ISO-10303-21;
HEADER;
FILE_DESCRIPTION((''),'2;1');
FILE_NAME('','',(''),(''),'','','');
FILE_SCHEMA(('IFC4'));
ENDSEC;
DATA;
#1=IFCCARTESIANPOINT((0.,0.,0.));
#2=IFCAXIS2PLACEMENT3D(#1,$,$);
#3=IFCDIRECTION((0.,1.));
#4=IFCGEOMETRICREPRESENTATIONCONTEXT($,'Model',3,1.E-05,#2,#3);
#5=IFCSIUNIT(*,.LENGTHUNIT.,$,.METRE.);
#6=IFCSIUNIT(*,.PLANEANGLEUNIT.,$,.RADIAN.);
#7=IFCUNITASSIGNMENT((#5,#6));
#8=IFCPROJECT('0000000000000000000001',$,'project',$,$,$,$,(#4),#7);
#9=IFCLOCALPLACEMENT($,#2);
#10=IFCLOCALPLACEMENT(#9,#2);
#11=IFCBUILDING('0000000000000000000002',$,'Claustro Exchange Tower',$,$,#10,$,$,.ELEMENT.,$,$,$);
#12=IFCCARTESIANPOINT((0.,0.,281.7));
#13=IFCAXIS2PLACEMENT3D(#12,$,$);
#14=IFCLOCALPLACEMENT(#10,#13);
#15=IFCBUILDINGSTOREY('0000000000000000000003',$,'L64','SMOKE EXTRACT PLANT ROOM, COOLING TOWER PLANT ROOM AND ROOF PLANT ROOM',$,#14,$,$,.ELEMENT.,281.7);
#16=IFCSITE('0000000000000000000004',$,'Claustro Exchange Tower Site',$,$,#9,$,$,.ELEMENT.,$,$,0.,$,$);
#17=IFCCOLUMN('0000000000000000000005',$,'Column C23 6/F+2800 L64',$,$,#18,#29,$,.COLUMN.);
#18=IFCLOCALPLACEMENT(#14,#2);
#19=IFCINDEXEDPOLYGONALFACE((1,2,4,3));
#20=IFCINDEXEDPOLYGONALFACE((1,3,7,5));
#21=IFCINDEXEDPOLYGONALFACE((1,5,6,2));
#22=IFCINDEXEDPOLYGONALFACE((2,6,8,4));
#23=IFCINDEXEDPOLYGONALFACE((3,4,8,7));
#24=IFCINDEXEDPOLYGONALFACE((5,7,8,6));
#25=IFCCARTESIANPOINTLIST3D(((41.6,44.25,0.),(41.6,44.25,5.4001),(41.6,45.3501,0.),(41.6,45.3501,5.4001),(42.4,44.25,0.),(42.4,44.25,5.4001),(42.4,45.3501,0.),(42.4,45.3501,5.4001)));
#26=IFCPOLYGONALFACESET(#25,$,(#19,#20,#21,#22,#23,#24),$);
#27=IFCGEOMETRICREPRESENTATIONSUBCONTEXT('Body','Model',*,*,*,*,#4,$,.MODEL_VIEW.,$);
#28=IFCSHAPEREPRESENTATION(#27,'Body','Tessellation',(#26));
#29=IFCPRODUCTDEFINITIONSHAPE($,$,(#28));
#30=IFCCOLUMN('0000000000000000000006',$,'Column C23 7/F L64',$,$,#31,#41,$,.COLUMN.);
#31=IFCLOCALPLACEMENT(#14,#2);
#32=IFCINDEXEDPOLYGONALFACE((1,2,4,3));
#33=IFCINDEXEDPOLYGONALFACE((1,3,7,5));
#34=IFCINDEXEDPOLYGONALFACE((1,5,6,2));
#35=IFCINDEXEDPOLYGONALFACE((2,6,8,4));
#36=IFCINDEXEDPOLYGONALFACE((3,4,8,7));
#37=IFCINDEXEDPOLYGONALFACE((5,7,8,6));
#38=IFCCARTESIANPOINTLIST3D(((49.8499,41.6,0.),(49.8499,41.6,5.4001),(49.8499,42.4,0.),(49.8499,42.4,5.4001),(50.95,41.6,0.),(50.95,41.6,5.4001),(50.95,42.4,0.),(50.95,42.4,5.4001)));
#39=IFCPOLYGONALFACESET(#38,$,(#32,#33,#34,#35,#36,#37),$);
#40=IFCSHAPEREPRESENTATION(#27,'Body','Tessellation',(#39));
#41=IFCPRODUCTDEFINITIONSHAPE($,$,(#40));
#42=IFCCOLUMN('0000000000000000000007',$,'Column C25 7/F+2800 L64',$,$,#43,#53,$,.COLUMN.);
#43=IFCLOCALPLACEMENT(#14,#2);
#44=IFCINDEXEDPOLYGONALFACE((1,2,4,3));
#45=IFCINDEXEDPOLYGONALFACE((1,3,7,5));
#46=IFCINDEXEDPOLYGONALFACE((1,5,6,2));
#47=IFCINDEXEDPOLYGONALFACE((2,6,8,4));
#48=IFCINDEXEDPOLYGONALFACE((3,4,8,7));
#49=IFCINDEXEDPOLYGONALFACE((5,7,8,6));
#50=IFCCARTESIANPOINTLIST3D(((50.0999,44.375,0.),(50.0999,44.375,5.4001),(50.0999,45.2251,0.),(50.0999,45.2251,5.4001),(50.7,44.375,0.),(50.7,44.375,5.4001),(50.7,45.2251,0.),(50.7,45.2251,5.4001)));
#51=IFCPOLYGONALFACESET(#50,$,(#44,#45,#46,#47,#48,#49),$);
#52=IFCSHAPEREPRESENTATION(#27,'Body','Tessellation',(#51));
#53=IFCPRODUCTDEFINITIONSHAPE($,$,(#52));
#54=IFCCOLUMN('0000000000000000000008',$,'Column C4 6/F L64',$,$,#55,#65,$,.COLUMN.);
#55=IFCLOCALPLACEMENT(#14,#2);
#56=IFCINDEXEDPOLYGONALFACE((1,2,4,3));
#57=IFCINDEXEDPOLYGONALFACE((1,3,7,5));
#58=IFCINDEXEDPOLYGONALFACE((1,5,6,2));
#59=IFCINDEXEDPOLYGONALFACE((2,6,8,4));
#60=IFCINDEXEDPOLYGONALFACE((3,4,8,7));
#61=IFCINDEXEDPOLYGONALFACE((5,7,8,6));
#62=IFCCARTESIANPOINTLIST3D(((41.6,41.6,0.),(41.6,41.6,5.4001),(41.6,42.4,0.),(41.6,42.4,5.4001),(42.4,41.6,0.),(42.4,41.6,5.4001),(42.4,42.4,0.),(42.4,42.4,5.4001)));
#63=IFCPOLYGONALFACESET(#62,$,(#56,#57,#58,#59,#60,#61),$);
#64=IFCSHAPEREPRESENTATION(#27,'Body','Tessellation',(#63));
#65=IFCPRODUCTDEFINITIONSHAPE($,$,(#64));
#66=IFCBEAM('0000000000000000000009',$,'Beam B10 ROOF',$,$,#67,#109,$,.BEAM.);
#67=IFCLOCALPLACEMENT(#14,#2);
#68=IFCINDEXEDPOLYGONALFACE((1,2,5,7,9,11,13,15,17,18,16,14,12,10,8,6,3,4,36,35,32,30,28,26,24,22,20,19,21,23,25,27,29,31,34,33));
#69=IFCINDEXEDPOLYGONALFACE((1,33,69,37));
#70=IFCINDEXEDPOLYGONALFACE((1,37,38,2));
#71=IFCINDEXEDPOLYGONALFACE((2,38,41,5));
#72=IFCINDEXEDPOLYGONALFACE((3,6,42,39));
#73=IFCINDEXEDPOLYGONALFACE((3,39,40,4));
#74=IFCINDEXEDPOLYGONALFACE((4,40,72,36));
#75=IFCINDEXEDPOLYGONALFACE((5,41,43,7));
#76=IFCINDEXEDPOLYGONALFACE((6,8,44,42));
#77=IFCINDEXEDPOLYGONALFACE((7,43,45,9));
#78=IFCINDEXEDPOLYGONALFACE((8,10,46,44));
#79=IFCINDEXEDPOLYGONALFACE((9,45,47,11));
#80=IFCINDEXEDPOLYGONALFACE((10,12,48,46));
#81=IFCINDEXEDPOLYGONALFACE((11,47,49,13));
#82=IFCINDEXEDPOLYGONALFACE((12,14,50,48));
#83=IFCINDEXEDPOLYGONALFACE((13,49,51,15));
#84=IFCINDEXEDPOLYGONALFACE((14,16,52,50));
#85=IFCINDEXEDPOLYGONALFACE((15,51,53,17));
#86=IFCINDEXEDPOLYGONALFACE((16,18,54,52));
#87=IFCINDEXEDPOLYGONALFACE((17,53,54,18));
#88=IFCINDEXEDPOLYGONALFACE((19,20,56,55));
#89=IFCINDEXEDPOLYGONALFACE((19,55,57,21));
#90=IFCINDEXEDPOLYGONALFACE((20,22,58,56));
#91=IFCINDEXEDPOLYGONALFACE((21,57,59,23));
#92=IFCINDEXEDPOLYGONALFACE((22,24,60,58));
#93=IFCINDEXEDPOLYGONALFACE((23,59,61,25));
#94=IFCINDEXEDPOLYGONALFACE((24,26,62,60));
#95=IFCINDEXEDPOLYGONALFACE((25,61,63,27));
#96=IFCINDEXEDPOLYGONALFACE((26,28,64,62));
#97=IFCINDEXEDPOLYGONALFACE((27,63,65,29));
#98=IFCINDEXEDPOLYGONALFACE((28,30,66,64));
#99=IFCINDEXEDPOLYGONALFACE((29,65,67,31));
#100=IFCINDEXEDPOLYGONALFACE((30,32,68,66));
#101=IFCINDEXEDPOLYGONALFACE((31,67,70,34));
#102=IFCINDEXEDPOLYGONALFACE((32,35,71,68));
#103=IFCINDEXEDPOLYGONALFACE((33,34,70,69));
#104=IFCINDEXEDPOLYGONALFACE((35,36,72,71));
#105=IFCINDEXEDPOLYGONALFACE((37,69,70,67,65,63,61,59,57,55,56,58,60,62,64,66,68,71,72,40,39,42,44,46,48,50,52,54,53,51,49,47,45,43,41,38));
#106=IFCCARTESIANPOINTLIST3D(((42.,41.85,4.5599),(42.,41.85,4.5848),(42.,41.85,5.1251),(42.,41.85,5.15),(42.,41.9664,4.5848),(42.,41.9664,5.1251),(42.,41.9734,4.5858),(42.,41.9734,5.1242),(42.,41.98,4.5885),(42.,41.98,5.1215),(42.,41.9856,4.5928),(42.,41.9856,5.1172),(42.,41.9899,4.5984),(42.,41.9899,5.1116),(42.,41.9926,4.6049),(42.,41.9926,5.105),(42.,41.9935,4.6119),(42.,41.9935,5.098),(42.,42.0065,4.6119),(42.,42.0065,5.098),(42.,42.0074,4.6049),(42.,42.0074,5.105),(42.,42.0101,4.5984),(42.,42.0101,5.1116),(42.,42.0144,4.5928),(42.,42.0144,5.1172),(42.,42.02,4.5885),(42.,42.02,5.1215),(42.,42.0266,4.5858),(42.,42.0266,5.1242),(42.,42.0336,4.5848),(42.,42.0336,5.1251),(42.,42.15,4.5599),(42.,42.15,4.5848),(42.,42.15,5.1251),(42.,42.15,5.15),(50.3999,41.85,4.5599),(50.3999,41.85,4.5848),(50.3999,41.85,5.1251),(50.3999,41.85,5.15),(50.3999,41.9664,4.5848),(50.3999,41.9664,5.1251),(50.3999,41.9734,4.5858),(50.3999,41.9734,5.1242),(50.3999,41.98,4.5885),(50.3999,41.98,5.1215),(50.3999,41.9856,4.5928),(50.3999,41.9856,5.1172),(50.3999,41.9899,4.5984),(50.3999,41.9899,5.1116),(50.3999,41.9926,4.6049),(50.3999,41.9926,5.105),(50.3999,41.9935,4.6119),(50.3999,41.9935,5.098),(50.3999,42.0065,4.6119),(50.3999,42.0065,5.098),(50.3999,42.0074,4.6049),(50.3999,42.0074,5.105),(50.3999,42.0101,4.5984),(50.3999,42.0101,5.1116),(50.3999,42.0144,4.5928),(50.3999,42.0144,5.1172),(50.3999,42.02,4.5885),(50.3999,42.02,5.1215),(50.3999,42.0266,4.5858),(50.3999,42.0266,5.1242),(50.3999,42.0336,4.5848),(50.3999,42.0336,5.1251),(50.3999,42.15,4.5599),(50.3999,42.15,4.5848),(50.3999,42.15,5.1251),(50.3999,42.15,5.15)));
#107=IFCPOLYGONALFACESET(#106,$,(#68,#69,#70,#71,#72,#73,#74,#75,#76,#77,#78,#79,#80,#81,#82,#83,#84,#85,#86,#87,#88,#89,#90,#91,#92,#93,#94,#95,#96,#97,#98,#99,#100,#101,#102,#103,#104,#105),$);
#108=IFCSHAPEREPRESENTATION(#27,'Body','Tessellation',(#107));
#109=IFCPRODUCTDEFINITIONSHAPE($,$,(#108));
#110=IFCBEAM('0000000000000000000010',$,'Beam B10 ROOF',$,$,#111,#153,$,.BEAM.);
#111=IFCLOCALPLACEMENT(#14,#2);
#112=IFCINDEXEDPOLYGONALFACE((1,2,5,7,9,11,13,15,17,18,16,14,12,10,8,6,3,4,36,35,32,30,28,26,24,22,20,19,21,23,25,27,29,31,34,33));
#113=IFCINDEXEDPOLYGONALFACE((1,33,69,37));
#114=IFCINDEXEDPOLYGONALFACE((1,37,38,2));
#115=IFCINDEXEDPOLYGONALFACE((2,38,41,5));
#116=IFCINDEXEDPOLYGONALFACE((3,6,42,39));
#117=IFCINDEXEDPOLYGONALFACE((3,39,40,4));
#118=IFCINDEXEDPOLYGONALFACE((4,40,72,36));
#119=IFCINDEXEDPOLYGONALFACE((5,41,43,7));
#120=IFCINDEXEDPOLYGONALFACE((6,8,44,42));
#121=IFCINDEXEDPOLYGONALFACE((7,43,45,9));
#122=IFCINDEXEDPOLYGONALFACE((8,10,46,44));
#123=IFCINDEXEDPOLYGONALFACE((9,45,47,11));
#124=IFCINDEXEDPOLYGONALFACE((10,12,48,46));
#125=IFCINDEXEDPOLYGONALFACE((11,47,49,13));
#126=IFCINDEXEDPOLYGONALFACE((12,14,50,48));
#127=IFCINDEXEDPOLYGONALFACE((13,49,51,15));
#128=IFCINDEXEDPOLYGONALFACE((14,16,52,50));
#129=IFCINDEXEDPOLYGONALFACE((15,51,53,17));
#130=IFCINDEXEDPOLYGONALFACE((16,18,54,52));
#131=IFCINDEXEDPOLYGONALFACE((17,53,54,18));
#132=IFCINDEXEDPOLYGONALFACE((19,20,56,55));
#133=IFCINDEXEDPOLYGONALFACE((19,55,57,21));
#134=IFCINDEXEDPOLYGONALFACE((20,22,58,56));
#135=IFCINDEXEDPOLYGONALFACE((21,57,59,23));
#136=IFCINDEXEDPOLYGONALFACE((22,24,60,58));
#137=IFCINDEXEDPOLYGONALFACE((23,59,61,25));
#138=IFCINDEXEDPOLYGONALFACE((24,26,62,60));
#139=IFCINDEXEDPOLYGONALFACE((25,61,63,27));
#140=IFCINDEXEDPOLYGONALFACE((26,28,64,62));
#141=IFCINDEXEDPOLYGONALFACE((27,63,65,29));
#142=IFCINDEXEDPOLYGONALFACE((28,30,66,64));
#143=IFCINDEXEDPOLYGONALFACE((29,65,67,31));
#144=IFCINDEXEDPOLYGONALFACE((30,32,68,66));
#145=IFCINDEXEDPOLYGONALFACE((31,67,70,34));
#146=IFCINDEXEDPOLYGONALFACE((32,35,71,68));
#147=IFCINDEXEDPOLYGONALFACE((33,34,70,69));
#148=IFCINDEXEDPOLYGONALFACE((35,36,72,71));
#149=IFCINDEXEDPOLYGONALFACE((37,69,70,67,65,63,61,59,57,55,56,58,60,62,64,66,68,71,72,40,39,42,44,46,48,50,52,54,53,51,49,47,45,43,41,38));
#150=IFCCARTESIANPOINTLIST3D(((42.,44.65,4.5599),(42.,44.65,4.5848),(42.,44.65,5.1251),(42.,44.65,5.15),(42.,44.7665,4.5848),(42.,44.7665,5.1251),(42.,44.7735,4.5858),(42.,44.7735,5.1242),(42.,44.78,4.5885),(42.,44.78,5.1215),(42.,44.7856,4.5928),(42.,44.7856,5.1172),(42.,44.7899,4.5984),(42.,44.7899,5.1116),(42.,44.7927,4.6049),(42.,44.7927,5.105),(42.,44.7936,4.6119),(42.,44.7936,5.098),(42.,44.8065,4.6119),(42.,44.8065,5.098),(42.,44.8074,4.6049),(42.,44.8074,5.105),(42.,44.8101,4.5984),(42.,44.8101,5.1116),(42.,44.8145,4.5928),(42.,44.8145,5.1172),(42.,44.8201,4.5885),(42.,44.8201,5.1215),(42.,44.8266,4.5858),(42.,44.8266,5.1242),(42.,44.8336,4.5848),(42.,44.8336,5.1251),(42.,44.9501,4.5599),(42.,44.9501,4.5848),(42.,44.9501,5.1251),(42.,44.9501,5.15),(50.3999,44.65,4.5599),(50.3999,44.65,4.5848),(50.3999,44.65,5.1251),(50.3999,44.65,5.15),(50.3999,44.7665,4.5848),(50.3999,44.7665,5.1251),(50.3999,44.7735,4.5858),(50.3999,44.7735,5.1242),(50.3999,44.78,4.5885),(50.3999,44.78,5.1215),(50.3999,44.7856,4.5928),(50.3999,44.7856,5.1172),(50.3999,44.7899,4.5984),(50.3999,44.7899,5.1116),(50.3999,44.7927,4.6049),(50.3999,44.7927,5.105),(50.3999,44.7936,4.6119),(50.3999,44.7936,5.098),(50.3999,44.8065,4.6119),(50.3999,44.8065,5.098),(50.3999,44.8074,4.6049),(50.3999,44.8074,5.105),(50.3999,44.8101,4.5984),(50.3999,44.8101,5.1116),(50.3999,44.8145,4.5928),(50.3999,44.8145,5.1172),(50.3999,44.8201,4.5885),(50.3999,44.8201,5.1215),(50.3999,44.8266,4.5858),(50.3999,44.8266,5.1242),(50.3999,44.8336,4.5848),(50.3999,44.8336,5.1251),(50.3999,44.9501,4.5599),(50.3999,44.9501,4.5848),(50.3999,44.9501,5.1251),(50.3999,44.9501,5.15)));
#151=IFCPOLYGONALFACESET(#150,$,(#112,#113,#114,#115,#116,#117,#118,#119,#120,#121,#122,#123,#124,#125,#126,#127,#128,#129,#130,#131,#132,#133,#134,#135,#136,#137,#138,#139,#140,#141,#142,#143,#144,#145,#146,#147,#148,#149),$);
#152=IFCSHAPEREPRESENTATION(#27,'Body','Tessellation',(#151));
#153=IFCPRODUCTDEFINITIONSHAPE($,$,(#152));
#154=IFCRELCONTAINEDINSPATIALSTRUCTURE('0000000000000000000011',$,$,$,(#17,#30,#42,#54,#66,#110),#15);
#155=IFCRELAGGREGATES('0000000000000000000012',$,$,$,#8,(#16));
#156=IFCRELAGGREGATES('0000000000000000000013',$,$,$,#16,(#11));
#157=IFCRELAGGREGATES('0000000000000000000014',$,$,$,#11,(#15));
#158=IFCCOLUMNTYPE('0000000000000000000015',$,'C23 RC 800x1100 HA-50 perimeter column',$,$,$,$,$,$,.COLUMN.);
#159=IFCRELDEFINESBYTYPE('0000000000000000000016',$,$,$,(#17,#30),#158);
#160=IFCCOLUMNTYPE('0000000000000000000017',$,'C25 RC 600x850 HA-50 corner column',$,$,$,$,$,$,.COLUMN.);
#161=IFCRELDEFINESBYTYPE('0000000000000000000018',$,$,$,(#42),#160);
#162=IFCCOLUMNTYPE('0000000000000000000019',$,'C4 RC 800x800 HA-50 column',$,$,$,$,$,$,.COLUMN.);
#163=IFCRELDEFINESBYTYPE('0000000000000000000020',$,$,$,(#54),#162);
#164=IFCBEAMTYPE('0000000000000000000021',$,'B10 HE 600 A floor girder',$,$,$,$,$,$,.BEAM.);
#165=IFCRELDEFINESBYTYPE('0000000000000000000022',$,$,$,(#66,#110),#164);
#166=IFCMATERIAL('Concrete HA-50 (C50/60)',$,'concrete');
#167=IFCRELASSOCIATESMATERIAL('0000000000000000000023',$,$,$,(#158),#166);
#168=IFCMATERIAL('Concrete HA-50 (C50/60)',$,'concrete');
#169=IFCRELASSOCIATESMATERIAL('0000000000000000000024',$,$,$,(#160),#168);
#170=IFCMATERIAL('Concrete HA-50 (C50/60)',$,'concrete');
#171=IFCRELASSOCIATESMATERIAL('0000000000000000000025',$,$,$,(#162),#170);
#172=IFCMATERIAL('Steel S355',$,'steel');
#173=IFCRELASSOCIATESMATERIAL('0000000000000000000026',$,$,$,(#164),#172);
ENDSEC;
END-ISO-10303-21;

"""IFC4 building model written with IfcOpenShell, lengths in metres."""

from ifc_helpers import new_model, si_unit, direction, frame, origin, origin_2d, place, context, subcontext, project, spatial, rectangle, i_section, extrude, material, material_profile, profile_set, type_object, element, save


model = new_model("IFC4")

# Units and contexts
model_context = context("Model", 3, precision=1e-05, world=origin(), true_north=direction((0.0, 1.0)))
body_context = subcontext(model_context, "Body", "Model", "MODEL_VIEW")
ifc_project = project(units=[si_unit("LENGTHUNIT", "METRE"), si_unit("PLANEANGLEUNIT", "RADIAN")], contexts=[model_context])

# Site, building, storey
site_placement = place(None, origin())
site = spatial("IfcSite", under=ifc_project, at=site_placement, Name="Claustro Exchange Tower Site", CompositionType="ELEMENT", RefElevation=0.0)
building_placement = place(site_placement, origin())
building = spatial("IfcBuilding", under=site, at=building_placement, Name="Claustro Exchange Tower", CompositionType="ELEMENT")
storey_placement = place(building_placement, frame((0.0, 0.0, 281.7)))
storey = spatial("IfcBuildingStorey", under=building, at=storey_placement, Name="L64", Description="SMOKE EXTRACT PLANT ROOM, COOLING TOWER PLANT ROOM AND ROOF PLANT ROOM", CompositionType="ELEMENT", Elevation=281.7)

# Columns
ifc_material_1 = material(Name="Concrete HA-50 (C50/60)", Category="concrete")
ifc_material_profile_1 = material_profile(ifc_material_1, rectangle(XDim=0.8, YDim=1.1001, at=origin_2d()), Name="RC 800x1100")
ifc_profile_set_1 = profile_set([ifc_material_profile_1], Name="Concrete HA-50 (C50/60)")
column_type_1 = type_object("IfcColumnType", Name="C23 RC 800x1100 HA-50 perimeter column", PredefinedType="COLUMN", material=ifc_profile_set_1)
for number, where, z_axis, x_axis, name in (
    (1, (42.0, 44.8, 0.0), (0.0, 0.0, 1.0), (1.0, 0.0, 0.0), "Column C23 6/F+2800 L64"),
    (2, (50.3999, 42.0, 0.0), (0.0, 0.0, 1.0), (0.0, 1.0, 0.0), "Column C23 7/F L64"),
):
    element("IfcColumn", number, at=place(storey_placement, frame(where, z_axis=z_axis, x_axis=x_axis)), inside=storey, type_object=column_type_1, Name=name, PredefinedType="COLUMN", context=body_context, shape_type="SweptSolid", body=[
        extrude(rectangle(XDim=0.8, YDim=1.1001, at=origin_2d()), origin(), (0.0, 0.0, 1.0), 5.4001),
    ])
ifc_material_2 = material(Name="Concrete HA-50 (C50/60)", Category="concrete")
ifc_material_profile_2 = material_profile(ifc_material_2, rectangle(XDim=0.6001, YDim=0.8501, at=origin_2d()), Name="RC 600x850")
ifc_profile_set_2 = profile_set([ifc_material_profile_2], Name="Concrete HA-50 (C50/60)")
column_type_2 = type_object("IfcColumnType", Name="C25 RC 600x850 HA-50 corner column", PredefinedType="COLUMN", material=ifc_profile_set_2)
column_1_placement = place(storey_placement, frame((50.3999, 44.8, 0.0), z_axis=(0.0, 0.0, 1.0), x_axis=(1.0, 0.0, 0.0)))
element("IfcColumn", 3, at=column_1_placement, inside=storey, type_object=column_type_2, Name="Column C25 7/F+2800 L64", PredefinedType="COLUMN", context=body_context, shape_type="SweptSolid", body=[
    extrude(rectangle(XDim=0.6001, YDim=0.8501, at=origin_2d()), origin(), (0.0, 0.0, 1.0), 5.4001),
])
ifc_material_3 = material(Name="Concrete HA-50 (C50/60)", Category="concrete")
ifc_material_profile_3 = material_profile(ifc_material_3, rectangle(XDim=0.8, YDim=0.8, at=origin_2d()), Name="RC 800x800")
ifc_profile_set_3 = profile_set([ifc_material_profile_3], Name="Concrete HA-50 (C50/60)")
column_type_3 = type_object("IfcColumnType", Name="C4 RC 800x800 HA-50 column", PredefinedType="COLUMN", material=ifc_profile_set_3)
column_2_placement = place(storey_placement, frame((42.0, 42.0, 0.0), z_axis=(0.0, 0.0, 1.0), x_axis=(1.0, 0.0, 0.0)))
element("IfcColumn", 4, at=column_2_placement, inside=storey, type_object=column_type_3, Name="Column C4 6/F L64", PredefinedType="COLUMN", context=body_context, shape_type="SweptSolid", body=[
    extrude(rectangle(XDim=0.8, YDim=0.8, at=origin_2d()), origin(), (0.0, 0.0, 1.0), 5.4001),
])

# Beams
ifc_material_4 = material(Name="Steel S355", Category="steel")
ifc_material_profile_4 = material_profile(ifc_material_4, i_section(OverallWidth=0.3, OverallDepth=0.5901, WebThickness=0.0129, FlangeThickness=0.0249, FilletRadius=0.0271, at=origin_2d()), Name="HE 600 A")
ifc_profile_set_4 = profile_set([ifc_material_profile_4], Name="Steel S355")
beam_type_1 = type_object("IfcBeamType", Name="B10 HE 600 A floor girder", PredefinedType="BEAM", material=ifc_profile_set_4)
for number, where, z_axis, x_axis, name in (
    (5, (42.0, 42.0, 4.855), (1.0, 0.0, 0.0), (0.0, 1.0, 0.0), "Beam B10 ROOF"),
    (6, (42.0, 44.8, 4.855), (1.0, 0.0, 0.0), (0.0, 1.0, 0.0), "Beam B10 ROOF"),
):
    element("IfcBeam", number, at=place(storey_placement, frame(where, z_axis=z_axis, x_axis=x_axis)), inside=storey, type_object=beam_type_1, Name=name, PredefinedType="BEAM", context=body_context, shape_type="SweptSolid", body=[
        extrude(i_section(OverallWidth=0.3, OverallDepth=0.5901, WebThickness=0.0129, FlangeThickness=0.0249, FilletRadius=0.0271, at=origin_2d()), origin(), (0.0, 0.0, 1.0), 8.3999),
    ])

save(model, "model.ifc")
